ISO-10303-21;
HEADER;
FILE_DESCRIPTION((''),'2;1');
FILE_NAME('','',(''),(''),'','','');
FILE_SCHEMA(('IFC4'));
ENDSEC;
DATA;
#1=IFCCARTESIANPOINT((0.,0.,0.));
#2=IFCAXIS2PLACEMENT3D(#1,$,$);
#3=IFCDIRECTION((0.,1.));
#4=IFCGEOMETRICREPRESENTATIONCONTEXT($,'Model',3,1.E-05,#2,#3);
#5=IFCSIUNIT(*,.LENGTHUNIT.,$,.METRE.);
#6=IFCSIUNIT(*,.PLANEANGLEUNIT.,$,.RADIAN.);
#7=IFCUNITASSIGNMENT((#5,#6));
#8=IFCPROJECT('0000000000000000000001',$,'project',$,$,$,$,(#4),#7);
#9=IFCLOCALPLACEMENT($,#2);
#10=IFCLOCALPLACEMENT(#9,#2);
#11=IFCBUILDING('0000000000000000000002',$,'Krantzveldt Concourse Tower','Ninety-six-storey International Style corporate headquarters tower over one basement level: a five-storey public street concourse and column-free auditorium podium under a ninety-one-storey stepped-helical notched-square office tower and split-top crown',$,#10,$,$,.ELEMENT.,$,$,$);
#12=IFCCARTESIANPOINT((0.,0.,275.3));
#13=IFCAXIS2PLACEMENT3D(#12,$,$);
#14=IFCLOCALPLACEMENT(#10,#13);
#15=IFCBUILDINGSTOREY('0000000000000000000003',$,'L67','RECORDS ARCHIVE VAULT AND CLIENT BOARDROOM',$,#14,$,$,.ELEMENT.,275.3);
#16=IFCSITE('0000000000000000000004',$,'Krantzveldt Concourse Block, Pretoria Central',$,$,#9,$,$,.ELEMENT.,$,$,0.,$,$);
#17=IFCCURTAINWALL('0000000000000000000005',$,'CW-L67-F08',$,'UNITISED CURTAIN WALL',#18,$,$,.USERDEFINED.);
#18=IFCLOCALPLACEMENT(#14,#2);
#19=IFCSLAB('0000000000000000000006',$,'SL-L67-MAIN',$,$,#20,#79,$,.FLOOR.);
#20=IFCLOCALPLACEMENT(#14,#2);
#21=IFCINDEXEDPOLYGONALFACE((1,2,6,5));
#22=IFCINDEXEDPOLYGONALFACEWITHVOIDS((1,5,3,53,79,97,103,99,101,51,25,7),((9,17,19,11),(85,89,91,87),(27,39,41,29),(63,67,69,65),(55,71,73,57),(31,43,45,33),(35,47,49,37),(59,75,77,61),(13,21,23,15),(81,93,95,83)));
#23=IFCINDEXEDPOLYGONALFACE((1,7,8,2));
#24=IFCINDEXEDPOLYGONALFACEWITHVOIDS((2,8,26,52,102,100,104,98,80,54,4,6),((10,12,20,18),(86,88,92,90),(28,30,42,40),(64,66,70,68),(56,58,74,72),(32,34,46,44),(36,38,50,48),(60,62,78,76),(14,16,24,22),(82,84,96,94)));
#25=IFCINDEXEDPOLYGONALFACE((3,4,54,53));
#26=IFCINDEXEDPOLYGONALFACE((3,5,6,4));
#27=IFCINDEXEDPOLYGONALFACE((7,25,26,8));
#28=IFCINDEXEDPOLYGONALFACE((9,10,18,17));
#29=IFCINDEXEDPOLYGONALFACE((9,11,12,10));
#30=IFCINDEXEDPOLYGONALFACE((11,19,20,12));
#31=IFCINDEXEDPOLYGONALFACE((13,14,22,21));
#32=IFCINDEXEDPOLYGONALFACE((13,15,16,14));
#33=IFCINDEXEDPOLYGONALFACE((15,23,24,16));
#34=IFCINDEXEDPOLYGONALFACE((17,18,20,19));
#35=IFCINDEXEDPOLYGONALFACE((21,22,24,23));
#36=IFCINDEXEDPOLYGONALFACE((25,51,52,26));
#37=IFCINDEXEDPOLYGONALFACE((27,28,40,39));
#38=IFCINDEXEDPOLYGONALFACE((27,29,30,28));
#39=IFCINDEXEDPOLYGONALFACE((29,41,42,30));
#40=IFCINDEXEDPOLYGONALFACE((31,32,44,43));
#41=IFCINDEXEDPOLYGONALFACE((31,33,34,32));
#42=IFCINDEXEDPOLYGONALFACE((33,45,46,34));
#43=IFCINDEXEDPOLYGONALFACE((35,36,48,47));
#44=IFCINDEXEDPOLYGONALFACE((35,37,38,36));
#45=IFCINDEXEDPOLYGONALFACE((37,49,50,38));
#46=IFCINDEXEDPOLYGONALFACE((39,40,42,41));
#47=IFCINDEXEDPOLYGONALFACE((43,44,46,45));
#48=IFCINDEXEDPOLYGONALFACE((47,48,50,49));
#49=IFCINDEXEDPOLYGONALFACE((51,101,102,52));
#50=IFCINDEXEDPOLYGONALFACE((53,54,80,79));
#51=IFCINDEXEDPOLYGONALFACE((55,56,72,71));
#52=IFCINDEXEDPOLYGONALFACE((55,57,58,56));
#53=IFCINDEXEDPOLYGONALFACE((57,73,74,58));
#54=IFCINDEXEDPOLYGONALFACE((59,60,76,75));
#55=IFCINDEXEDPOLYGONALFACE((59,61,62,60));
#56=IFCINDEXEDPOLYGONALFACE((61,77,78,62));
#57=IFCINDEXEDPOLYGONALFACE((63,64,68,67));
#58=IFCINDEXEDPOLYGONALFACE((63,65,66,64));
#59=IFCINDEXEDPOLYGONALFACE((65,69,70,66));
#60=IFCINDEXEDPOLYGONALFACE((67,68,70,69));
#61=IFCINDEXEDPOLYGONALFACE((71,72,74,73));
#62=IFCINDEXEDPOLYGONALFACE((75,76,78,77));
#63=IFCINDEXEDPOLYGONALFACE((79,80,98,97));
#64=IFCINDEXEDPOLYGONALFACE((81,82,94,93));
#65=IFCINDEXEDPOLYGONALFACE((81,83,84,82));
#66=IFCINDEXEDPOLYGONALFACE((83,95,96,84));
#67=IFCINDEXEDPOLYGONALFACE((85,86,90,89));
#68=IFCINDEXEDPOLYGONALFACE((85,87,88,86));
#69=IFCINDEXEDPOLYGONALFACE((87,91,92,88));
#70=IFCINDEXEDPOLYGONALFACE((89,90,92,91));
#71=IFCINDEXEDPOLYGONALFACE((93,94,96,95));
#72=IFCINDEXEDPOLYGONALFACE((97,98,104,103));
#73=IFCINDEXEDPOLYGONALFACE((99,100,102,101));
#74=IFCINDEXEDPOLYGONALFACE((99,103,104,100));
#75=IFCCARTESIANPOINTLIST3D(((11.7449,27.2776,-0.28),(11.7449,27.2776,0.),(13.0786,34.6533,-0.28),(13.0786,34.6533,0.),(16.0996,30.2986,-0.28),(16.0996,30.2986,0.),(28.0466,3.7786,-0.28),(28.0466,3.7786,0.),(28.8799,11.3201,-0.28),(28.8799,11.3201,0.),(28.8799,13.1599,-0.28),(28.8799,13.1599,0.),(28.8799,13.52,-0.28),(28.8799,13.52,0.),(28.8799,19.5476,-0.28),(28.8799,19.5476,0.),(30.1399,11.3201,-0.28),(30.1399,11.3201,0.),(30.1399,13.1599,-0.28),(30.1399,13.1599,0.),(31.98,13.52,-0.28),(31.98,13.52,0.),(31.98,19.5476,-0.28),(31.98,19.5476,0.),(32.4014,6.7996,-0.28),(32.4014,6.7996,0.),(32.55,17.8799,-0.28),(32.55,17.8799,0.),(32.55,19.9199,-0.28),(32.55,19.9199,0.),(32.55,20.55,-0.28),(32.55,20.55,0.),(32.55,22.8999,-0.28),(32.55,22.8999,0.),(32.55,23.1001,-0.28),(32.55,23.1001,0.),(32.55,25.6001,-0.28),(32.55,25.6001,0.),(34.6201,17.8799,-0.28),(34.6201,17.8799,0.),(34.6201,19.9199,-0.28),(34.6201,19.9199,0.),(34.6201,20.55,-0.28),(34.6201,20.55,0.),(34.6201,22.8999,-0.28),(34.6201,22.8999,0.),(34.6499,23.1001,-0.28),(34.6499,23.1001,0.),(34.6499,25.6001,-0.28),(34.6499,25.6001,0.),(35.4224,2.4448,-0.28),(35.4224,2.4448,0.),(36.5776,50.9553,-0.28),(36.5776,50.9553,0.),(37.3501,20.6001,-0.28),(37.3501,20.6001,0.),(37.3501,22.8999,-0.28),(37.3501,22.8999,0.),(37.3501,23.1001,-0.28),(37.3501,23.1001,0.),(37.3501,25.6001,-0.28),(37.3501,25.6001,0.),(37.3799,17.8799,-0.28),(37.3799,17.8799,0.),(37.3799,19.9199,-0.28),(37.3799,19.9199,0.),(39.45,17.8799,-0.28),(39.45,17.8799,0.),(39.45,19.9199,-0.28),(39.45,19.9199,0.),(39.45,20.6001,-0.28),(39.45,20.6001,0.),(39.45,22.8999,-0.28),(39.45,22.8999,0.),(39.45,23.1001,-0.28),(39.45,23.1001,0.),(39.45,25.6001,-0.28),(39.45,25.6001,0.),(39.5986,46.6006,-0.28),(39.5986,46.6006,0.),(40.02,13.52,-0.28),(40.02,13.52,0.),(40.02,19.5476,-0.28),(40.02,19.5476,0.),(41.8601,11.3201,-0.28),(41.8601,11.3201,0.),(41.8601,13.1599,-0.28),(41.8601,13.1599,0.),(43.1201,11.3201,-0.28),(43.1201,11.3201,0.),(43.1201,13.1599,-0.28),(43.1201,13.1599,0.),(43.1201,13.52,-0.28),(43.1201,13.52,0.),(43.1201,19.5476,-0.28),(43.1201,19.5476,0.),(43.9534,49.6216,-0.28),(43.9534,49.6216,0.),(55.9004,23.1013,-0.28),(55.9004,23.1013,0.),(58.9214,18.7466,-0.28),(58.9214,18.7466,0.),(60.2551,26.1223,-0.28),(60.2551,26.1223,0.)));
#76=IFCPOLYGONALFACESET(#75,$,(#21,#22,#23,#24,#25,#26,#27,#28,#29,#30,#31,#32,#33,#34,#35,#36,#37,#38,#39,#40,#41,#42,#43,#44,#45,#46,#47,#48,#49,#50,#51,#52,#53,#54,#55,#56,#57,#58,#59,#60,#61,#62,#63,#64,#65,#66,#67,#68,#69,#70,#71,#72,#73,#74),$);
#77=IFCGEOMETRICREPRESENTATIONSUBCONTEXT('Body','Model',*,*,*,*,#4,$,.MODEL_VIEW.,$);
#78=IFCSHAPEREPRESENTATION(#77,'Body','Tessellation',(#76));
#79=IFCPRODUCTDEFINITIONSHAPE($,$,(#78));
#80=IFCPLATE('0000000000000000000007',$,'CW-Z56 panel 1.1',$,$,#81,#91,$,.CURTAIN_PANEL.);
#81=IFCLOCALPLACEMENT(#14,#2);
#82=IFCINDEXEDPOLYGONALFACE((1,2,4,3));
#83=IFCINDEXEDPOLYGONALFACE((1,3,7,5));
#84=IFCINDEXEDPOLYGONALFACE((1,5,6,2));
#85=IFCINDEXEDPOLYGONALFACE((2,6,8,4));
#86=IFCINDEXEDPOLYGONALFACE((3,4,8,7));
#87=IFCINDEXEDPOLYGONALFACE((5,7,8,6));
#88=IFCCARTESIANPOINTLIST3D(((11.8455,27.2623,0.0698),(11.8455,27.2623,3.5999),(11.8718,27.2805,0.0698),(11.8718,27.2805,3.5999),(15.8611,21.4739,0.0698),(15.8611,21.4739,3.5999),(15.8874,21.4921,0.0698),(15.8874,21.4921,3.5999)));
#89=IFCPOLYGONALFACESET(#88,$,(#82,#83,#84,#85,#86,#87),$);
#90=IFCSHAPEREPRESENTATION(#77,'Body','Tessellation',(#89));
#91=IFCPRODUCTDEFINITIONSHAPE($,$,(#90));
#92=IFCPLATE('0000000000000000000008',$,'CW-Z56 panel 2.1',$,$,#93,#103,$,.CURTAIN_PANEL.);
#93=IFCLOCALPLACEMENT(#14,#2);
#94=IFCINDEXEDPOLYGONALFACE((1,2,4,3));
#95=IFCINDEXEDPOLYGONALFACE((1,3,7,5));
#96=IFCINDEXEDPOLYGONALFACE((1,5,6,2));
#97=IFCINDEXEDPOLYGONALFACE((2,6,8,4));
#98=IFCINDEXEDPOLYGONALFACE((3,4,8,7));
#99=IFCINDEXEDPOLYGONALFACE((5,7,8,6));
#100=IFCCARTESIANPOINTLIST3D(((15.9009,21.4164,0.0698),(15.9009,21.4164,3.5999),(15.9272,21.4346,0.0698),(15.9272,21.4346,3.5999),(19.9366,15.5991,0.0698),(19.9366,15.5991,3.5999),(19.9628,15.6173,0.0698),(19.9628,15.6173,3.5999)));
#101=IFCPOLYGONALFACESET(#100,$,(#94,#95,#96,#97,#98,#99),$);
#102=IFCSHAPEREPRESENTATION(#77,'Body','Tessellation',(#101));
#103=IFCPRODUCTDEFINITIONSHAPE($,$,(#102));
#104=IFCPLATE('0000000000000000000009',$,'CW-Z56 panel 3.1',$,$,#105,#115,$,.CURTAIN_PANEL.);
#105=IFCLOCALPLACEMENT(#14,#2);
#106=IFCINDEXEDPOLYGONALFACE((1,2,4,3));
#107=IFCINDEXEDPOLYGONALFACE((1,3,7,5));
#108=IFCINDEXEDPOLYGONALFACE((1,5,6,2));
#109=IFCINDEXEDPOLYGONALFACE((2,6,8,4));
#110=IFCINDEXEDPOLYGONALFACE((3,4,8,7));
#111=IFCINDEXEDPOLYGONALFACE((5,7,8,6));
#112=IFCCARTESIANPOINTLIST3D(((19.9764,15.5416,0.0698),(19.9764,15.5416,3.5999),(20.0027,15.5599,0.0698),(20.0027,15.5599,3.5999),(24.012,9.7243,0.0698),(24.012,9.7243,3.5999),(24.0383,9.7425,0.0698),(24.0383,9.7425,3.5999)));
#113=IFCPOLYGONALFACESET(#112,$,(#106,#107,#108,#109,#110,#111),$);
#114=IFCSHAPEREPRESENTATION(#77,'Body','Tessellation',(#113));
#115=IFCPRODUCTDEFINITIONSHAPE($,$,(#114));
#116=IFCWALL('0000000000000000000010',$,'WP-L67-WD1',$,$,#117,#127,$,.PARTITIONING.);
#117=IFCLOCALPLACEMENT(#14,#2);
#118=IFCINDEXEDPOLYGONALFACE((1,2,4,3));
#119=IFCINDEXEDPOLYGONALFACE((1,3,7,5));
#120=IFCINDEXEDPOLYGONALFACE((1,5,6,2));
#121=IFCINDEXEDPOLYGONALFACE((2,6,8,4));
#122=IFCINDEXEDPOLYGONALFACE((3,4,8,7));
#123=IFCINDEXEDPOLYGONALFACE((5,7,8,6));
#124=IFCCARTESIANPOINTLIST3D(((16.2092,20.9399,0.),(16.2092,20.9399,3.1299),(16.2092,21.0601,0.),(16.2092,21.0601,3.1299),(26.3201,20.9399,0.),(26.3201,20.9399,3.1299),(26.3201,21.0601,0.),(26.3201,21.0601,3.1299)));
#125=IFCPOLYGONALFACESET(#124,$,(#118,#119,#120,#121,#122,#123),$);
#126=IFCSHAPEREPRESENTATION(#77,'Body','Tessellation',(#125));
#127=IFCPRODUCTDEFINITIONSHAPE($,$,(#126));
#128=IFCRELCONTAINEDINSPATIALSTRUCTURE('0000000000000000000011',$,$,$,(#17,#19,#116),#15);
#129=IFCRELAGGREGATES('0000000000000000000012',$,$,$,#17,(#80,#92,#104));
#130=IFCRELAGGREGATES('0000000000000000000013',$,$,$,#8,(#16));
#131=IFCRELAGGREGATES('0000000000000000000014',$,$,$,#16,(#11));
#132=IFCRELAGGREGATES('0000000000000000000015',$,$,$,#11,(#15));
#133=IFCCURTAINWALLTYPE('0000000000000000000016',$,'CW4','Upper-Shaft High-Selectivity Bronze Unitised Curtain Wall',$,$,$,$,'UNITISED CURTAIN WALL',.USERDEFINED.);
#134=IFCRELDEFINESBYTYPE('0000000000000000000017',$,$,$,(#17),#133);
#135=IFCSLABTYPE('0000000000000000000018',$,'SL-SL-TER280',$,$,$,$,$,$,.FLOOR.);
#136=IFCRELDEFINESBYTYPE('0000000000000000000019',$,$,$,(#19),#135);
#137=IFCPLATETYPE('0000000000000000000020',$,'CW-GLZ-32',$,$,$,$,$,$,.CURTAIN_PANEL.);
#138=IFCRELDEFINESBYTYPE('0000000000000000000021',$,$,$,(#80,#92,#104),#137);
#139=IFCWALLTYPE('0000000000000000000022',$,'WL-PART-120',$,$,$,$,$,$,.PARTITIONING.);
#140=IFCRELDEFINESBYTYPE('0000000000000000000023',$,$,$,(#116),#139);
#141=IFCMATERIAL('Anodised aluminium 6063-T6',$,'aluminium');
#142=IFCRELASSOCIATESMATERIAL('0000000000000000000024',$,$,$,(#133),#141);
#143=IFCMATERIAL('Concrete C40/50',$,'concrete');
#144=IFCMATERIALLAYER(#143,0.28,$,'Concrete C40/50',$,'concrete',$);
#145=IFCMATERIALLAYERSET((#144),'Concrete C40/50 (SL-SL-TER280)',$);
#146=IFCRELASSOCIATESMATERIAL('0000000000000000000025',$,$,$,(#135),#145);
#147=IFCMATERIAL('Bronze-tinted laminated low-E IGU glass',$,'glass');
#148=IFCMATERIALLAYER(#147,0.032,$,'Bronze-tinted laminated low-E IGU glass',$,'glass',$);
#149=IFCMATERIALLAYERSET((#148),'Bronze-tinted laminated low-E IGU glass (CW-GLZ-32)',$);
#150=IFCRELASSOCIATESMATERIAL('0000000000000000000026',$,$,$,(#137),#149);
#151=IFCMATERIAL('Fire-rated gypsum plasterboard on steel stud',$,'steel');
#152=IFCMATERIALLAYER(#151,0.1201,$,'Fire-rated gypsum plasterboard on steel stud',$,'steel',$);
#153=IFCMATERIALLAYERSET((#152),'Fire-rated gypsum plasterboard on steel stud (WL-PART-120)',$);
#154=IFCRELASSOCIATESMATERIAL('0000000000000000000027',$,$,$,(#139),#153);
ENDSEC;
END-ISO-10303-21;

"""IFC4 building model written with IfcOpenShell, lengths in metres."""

from ifc_helpers import new_model, si_unit, direction, frame, frame_2d, origin, origin_2d, place, context, subcontext, project, spatial, polyline, rectangle, outline, extrude, source, transform, mapped, material, layer, layer_set, type_object, type_shapes, element, aggregate, save


model = new_model("IFC4")

# Units and contexts
model_context = context("Model", 3, precision=1e-05, world=origin(), true_north=direction((0.0, 1.0)))
body_context = subcontext(model_context, "Body", "Model", "MODEL_VIEW")
ifc_project = project(units=[si_unit("LENGTHUNIT", "METRE"), si_unit("PLANEANGLEUNIT", "RADIAN")], contexts=[model_context])

# Site, building, storey
site_placement = place(None, origin())
site = spatial("IfcSite", under=ifc_project, at=site_placement, Name="Krantzveldt Concourse Block, Pretoria Central", CompositionType="ELEMENT", RefElevation=0.0)
building_placement = place(site_placement, origin())
building = spatial("IfcBuilding", under=site, at=building_placement, Name="Krantzveldt Concourse Tower", Description="Ninety-six-storey International Style corporate headquarters tower over one basement level: a five-storey public street concourse and column-free auditorium podium under a ninety-one-storey stepped-helical notched-square office tower and split-top crown", CompositionType="ELEMENT")
storey_placement = place(building_placement, frame((0.0, 0.0, 275.3)))
storey = spatial("IfcBuildingStorey", under=building, at=storey_placement, Name="L67", Description="RECORDS ARCHIVE VAULT AND CLIENT BOARDROOM", CompositionType="ELEMENT", Elevation=275.3)

# Curtain wall
ifc_material_1 = material(Name="Anodised aluminium 6063-T6", Category="aluminium")
curtain_wall_type = type_object("IfcCurtainWallType", Name="CW4", Description="Upper-Shaft High-Selectivity Bronze Unitised Curtain Wall", ElementType="UNITISED CURTAIN WALL", PredefinedType="USERDEFINED", material=ifc_material_1)
curtain_wall_placement = place(storey_placement, origin())
curtain_wall = element("IfcCurtainWall", 1, at=curtain_wall_placement, inside=storey, type_object=curtain_wall_type, Name="CW-L67-F08", ObjectType="UNITISED CURTAIN WALL", PredefinedType="USERDEFINED")

# Slab
ifc_material_2 = material(Name="Concrete C40/50", Category="concrete")
ifc_layer_1 = layer(ifc_material_2, 0.28, Name="Concrete C40/50", Category="concrete")
ifc_layer_set_1 = layer_set([ifc_layer_1], Name="Concrete C40/50 (SL-SL-TER280)")
slab_type_1 = type_object("IfcSlabType", Name="SL-SL-TER280", PredefinedType="FLOOR", material=ifc_layer_set_1)
slab_1_placement = place(storey_placement, frame((0.0, 0.0, -0.28)))
element("IfcSlab", 2, at=slab_1_placement, inside=storey, type_object=slab_type_1, Name="SL-L67-MAIN", PredefinedType="FLOOR", context=body_context, shape_type="SweptSolid", body=[
    extrude(outline(polyline([(39.5986, 46.6006), (36.5776, 50.9553), (13.0786, 34.6533), (16.0996, 30.2986), (11.7449, 27.2776), (28.0466, 3.7786), (32.4014, 6.7996), (35.4224, 2.4448), (58.9214, 18.7466), (55.9004, 23.1013), (60.2551, 26.1223), (43.9534, 49.6216), (39.5986, 46.6006)]), holes=[polyline([(28.8799, 19.5476), (28.8799, 13.52), (31.98, 13.52), (31.98, 19.5476), (28.8799, 19.5476)]), polyline([(40.02, 19.5476), (40.02, 13.52), (43.1201, 13.52), (43.1201, 19.5476), (40.02, 19.5476)]), polyline([(32.55, 23.1001), (34.6499, 23.1001), (34.6499, 25.6001), (32.55, 25.6001), (32.55, 23.1001)]), polyline([(37.3501, 23.1001), (39.45, 23.1001), (39.45, 25.6001), (37.3501, 25.6001), (37.3501, 23.1001)]), polyline([(37.3501, 20.6001), (39.45, 20.6001), (39.45, 22.8999), (37.3501, 22.8999), (37.3501, 20.6001)]), polyline([(32.55, 20.55), (34.6201, 20.55), (34.6201, 22.8999), (32.55, 22.8999), (32.55, 20.55)]), polyline([(32.55, 17.8799), (34.6201, 17.8799), (34.6201, 19.9199), (32.55, 19.9199), (32.55, 17.8799)]), polyline([(37.3799, 17.8799), (39.45, 17.8799), (39.45, 19.9199), (37.3799, 19.9199), (37.3799, 17.8799)]), polyline([(28.8799, 11.3201), (30.1399, 11.3201), (30.1399, 13.1599), (28.8799, 13.1599), (28.8799, 11.3201)]), polyline([(41.8601, 11.3201), (43.1201, 11.3201), (43.1201, 13.1599), (41.8601, 13.1599), (41.8601, 11.3201)])]), origin(), (0.0, 0.0, 1.0), 0.28),
])

# Plates
ifc_material_3 = material(Name="Bronze-tinted laminated low-E IGU glass", Category="glass")
ifc_layer_2 = layer(ifc_material_3, 0.032, Name="Bronze-tinted laminated low-E IGU glass", Category="glass")
ifc_layer_set_2 = layer_set([ifc_layer_2], Name="Bronze-tinted laminated low-E IGU glass (CW-GLZ-32)")
plate_type = type_object("IfcPlateType", Name="CW-GLZ-32", PredefinedType="CURTAIN_PANEL", material=ifc_layer_set_2)
shared_shape_1 = source(origin(), body_context, "Body", "SweptSolid", [
    extrude(rectangle(XDim=7.0449, YDim=0.032, at=origin_2d()), origin(), (0.0, 0.0, 1.0), 3.53),
])
plate_1_placement = place(storey_placement, frame((13.8665, 24.3772, 0.0698), z_axis=(0.0, 0.0, 1.0), x_axis=(0.569997, -0.821647, 0.0)))
plate_1 = element("IfcPlate", 3, at=plate_1_placement, type_object=plate_type, Name="CW-Z56 panel 1.1", PredefinedType="CURTAIN_PANEL", context=body_context, shape_type="MappedRepresentation", body=[
    mapped(shared_shape_1, transform((0.0, 0.0, 0.0), x_axis=(1.0, 0.0, 0.0), y_axis=(0.0, 1.0, 0.0), z_axis=(0.0, 0.0, 1.0), scale=1.0)),
])
shared_shape_2 = source(origin(), body_context, "Body", "SweptSolid", [
    extrude(rectangle(XDim=7.0801, YDim=0.032, at=origin_2d()), origin(), (0.0, 0.0, 1.0), 3.53),
])
type_shapes(plate_type, [shared_shape_1, shared_shape_2])
plate_2_placement = place(storey_placement, frame((17.9319, 18.5168, 0.0698), z_axis=(0.0, 0.0, 1.0), x_axis=(0.569997, -0.821647, 0.0)))
plate_2 = element("IfcPlate", 4, at=plate_2_placement, type_object=plate_type, Name="CW-Z56 panel 2.1", PredefinedType="CURTAIN_PANEL", context=body_context, shape_type="MappedRepresentation", body=[
    mapped(shared_shape_2, transform((0.0, 0.0, 0.0), x_axis=(1.0, 0.0, 0.0), y_axis=(0.0, 1.0, 0.0), z_axis=(0.0, 0.0, 1.0), scale=1.0)),
])
plate_3_placement = place(storey_placement, frame((22.0073, 12.6421, 0.0698), z_axis=(0.0, 0.0, 1.0), x_axis=(0.569997, -0.821647, 0.0)))
plate_3 = element("IfcPlate", 5, at=plate_3_placement, type_object=plate_type, Name="CW-Z56 panel 3.1", PredefinedType="CURTAIN_PANEL", context=body_context, shape_type="MappedRepresentation", body=[
    mapped(shared_shape_2, transform((0.0, 0.0, 0.0), x_axis=(1.0, 0.0, 0.0), y_axis=(0.0, 1.0, 0.0), z_axis=(0.0, 0.0, 1.0), scale=1.0)),
])
aggregate(curtain_wall, [plate_1, plate_2, plate_3])

# Wall
ifc_material_4 = material(Name="Fire-rated gypsum plasterboard on steel stud", Category="steel")
ifc_layer_3 = layer(ifc_material_4, 0.1201, Name="Fire-rated gypsum plasterboard on steel stud", Category="steel")
ifc_layer_set_3 = layer_set([ifc_layer_3], Name="Fire-rated gypsum plasterboard on steel stud (WL-PART-120)")
wall_type_1 = type_object("IfcWallType", Name="WL-PART-120", PredefinedType="PARTITIONING", material=ifc_layer_set_3)
wall_1_placement = place(storey_placement, frame((16.2092, 21.0, 0.0), z_axis=(0.0, 0.0, 1.0), x_axis=(1.0, 0.0, 0.0)))
element("IfcWall", 6, at=wall_1_placement, inside=storey, type_object=wall_type_1, Name="WP-L67-WD1", PredefinedType="PARTITIONING", context=body_context, shape_type="SweptSolid", body=[
    extrude(rectangle(XDim=10.1108, YDim=0.1201, at=frame_2d((5.0554, 0.0))), origin(), (0.0, 0.0, 1.0), 3.1299),
])

save(model, "model.ifc")
